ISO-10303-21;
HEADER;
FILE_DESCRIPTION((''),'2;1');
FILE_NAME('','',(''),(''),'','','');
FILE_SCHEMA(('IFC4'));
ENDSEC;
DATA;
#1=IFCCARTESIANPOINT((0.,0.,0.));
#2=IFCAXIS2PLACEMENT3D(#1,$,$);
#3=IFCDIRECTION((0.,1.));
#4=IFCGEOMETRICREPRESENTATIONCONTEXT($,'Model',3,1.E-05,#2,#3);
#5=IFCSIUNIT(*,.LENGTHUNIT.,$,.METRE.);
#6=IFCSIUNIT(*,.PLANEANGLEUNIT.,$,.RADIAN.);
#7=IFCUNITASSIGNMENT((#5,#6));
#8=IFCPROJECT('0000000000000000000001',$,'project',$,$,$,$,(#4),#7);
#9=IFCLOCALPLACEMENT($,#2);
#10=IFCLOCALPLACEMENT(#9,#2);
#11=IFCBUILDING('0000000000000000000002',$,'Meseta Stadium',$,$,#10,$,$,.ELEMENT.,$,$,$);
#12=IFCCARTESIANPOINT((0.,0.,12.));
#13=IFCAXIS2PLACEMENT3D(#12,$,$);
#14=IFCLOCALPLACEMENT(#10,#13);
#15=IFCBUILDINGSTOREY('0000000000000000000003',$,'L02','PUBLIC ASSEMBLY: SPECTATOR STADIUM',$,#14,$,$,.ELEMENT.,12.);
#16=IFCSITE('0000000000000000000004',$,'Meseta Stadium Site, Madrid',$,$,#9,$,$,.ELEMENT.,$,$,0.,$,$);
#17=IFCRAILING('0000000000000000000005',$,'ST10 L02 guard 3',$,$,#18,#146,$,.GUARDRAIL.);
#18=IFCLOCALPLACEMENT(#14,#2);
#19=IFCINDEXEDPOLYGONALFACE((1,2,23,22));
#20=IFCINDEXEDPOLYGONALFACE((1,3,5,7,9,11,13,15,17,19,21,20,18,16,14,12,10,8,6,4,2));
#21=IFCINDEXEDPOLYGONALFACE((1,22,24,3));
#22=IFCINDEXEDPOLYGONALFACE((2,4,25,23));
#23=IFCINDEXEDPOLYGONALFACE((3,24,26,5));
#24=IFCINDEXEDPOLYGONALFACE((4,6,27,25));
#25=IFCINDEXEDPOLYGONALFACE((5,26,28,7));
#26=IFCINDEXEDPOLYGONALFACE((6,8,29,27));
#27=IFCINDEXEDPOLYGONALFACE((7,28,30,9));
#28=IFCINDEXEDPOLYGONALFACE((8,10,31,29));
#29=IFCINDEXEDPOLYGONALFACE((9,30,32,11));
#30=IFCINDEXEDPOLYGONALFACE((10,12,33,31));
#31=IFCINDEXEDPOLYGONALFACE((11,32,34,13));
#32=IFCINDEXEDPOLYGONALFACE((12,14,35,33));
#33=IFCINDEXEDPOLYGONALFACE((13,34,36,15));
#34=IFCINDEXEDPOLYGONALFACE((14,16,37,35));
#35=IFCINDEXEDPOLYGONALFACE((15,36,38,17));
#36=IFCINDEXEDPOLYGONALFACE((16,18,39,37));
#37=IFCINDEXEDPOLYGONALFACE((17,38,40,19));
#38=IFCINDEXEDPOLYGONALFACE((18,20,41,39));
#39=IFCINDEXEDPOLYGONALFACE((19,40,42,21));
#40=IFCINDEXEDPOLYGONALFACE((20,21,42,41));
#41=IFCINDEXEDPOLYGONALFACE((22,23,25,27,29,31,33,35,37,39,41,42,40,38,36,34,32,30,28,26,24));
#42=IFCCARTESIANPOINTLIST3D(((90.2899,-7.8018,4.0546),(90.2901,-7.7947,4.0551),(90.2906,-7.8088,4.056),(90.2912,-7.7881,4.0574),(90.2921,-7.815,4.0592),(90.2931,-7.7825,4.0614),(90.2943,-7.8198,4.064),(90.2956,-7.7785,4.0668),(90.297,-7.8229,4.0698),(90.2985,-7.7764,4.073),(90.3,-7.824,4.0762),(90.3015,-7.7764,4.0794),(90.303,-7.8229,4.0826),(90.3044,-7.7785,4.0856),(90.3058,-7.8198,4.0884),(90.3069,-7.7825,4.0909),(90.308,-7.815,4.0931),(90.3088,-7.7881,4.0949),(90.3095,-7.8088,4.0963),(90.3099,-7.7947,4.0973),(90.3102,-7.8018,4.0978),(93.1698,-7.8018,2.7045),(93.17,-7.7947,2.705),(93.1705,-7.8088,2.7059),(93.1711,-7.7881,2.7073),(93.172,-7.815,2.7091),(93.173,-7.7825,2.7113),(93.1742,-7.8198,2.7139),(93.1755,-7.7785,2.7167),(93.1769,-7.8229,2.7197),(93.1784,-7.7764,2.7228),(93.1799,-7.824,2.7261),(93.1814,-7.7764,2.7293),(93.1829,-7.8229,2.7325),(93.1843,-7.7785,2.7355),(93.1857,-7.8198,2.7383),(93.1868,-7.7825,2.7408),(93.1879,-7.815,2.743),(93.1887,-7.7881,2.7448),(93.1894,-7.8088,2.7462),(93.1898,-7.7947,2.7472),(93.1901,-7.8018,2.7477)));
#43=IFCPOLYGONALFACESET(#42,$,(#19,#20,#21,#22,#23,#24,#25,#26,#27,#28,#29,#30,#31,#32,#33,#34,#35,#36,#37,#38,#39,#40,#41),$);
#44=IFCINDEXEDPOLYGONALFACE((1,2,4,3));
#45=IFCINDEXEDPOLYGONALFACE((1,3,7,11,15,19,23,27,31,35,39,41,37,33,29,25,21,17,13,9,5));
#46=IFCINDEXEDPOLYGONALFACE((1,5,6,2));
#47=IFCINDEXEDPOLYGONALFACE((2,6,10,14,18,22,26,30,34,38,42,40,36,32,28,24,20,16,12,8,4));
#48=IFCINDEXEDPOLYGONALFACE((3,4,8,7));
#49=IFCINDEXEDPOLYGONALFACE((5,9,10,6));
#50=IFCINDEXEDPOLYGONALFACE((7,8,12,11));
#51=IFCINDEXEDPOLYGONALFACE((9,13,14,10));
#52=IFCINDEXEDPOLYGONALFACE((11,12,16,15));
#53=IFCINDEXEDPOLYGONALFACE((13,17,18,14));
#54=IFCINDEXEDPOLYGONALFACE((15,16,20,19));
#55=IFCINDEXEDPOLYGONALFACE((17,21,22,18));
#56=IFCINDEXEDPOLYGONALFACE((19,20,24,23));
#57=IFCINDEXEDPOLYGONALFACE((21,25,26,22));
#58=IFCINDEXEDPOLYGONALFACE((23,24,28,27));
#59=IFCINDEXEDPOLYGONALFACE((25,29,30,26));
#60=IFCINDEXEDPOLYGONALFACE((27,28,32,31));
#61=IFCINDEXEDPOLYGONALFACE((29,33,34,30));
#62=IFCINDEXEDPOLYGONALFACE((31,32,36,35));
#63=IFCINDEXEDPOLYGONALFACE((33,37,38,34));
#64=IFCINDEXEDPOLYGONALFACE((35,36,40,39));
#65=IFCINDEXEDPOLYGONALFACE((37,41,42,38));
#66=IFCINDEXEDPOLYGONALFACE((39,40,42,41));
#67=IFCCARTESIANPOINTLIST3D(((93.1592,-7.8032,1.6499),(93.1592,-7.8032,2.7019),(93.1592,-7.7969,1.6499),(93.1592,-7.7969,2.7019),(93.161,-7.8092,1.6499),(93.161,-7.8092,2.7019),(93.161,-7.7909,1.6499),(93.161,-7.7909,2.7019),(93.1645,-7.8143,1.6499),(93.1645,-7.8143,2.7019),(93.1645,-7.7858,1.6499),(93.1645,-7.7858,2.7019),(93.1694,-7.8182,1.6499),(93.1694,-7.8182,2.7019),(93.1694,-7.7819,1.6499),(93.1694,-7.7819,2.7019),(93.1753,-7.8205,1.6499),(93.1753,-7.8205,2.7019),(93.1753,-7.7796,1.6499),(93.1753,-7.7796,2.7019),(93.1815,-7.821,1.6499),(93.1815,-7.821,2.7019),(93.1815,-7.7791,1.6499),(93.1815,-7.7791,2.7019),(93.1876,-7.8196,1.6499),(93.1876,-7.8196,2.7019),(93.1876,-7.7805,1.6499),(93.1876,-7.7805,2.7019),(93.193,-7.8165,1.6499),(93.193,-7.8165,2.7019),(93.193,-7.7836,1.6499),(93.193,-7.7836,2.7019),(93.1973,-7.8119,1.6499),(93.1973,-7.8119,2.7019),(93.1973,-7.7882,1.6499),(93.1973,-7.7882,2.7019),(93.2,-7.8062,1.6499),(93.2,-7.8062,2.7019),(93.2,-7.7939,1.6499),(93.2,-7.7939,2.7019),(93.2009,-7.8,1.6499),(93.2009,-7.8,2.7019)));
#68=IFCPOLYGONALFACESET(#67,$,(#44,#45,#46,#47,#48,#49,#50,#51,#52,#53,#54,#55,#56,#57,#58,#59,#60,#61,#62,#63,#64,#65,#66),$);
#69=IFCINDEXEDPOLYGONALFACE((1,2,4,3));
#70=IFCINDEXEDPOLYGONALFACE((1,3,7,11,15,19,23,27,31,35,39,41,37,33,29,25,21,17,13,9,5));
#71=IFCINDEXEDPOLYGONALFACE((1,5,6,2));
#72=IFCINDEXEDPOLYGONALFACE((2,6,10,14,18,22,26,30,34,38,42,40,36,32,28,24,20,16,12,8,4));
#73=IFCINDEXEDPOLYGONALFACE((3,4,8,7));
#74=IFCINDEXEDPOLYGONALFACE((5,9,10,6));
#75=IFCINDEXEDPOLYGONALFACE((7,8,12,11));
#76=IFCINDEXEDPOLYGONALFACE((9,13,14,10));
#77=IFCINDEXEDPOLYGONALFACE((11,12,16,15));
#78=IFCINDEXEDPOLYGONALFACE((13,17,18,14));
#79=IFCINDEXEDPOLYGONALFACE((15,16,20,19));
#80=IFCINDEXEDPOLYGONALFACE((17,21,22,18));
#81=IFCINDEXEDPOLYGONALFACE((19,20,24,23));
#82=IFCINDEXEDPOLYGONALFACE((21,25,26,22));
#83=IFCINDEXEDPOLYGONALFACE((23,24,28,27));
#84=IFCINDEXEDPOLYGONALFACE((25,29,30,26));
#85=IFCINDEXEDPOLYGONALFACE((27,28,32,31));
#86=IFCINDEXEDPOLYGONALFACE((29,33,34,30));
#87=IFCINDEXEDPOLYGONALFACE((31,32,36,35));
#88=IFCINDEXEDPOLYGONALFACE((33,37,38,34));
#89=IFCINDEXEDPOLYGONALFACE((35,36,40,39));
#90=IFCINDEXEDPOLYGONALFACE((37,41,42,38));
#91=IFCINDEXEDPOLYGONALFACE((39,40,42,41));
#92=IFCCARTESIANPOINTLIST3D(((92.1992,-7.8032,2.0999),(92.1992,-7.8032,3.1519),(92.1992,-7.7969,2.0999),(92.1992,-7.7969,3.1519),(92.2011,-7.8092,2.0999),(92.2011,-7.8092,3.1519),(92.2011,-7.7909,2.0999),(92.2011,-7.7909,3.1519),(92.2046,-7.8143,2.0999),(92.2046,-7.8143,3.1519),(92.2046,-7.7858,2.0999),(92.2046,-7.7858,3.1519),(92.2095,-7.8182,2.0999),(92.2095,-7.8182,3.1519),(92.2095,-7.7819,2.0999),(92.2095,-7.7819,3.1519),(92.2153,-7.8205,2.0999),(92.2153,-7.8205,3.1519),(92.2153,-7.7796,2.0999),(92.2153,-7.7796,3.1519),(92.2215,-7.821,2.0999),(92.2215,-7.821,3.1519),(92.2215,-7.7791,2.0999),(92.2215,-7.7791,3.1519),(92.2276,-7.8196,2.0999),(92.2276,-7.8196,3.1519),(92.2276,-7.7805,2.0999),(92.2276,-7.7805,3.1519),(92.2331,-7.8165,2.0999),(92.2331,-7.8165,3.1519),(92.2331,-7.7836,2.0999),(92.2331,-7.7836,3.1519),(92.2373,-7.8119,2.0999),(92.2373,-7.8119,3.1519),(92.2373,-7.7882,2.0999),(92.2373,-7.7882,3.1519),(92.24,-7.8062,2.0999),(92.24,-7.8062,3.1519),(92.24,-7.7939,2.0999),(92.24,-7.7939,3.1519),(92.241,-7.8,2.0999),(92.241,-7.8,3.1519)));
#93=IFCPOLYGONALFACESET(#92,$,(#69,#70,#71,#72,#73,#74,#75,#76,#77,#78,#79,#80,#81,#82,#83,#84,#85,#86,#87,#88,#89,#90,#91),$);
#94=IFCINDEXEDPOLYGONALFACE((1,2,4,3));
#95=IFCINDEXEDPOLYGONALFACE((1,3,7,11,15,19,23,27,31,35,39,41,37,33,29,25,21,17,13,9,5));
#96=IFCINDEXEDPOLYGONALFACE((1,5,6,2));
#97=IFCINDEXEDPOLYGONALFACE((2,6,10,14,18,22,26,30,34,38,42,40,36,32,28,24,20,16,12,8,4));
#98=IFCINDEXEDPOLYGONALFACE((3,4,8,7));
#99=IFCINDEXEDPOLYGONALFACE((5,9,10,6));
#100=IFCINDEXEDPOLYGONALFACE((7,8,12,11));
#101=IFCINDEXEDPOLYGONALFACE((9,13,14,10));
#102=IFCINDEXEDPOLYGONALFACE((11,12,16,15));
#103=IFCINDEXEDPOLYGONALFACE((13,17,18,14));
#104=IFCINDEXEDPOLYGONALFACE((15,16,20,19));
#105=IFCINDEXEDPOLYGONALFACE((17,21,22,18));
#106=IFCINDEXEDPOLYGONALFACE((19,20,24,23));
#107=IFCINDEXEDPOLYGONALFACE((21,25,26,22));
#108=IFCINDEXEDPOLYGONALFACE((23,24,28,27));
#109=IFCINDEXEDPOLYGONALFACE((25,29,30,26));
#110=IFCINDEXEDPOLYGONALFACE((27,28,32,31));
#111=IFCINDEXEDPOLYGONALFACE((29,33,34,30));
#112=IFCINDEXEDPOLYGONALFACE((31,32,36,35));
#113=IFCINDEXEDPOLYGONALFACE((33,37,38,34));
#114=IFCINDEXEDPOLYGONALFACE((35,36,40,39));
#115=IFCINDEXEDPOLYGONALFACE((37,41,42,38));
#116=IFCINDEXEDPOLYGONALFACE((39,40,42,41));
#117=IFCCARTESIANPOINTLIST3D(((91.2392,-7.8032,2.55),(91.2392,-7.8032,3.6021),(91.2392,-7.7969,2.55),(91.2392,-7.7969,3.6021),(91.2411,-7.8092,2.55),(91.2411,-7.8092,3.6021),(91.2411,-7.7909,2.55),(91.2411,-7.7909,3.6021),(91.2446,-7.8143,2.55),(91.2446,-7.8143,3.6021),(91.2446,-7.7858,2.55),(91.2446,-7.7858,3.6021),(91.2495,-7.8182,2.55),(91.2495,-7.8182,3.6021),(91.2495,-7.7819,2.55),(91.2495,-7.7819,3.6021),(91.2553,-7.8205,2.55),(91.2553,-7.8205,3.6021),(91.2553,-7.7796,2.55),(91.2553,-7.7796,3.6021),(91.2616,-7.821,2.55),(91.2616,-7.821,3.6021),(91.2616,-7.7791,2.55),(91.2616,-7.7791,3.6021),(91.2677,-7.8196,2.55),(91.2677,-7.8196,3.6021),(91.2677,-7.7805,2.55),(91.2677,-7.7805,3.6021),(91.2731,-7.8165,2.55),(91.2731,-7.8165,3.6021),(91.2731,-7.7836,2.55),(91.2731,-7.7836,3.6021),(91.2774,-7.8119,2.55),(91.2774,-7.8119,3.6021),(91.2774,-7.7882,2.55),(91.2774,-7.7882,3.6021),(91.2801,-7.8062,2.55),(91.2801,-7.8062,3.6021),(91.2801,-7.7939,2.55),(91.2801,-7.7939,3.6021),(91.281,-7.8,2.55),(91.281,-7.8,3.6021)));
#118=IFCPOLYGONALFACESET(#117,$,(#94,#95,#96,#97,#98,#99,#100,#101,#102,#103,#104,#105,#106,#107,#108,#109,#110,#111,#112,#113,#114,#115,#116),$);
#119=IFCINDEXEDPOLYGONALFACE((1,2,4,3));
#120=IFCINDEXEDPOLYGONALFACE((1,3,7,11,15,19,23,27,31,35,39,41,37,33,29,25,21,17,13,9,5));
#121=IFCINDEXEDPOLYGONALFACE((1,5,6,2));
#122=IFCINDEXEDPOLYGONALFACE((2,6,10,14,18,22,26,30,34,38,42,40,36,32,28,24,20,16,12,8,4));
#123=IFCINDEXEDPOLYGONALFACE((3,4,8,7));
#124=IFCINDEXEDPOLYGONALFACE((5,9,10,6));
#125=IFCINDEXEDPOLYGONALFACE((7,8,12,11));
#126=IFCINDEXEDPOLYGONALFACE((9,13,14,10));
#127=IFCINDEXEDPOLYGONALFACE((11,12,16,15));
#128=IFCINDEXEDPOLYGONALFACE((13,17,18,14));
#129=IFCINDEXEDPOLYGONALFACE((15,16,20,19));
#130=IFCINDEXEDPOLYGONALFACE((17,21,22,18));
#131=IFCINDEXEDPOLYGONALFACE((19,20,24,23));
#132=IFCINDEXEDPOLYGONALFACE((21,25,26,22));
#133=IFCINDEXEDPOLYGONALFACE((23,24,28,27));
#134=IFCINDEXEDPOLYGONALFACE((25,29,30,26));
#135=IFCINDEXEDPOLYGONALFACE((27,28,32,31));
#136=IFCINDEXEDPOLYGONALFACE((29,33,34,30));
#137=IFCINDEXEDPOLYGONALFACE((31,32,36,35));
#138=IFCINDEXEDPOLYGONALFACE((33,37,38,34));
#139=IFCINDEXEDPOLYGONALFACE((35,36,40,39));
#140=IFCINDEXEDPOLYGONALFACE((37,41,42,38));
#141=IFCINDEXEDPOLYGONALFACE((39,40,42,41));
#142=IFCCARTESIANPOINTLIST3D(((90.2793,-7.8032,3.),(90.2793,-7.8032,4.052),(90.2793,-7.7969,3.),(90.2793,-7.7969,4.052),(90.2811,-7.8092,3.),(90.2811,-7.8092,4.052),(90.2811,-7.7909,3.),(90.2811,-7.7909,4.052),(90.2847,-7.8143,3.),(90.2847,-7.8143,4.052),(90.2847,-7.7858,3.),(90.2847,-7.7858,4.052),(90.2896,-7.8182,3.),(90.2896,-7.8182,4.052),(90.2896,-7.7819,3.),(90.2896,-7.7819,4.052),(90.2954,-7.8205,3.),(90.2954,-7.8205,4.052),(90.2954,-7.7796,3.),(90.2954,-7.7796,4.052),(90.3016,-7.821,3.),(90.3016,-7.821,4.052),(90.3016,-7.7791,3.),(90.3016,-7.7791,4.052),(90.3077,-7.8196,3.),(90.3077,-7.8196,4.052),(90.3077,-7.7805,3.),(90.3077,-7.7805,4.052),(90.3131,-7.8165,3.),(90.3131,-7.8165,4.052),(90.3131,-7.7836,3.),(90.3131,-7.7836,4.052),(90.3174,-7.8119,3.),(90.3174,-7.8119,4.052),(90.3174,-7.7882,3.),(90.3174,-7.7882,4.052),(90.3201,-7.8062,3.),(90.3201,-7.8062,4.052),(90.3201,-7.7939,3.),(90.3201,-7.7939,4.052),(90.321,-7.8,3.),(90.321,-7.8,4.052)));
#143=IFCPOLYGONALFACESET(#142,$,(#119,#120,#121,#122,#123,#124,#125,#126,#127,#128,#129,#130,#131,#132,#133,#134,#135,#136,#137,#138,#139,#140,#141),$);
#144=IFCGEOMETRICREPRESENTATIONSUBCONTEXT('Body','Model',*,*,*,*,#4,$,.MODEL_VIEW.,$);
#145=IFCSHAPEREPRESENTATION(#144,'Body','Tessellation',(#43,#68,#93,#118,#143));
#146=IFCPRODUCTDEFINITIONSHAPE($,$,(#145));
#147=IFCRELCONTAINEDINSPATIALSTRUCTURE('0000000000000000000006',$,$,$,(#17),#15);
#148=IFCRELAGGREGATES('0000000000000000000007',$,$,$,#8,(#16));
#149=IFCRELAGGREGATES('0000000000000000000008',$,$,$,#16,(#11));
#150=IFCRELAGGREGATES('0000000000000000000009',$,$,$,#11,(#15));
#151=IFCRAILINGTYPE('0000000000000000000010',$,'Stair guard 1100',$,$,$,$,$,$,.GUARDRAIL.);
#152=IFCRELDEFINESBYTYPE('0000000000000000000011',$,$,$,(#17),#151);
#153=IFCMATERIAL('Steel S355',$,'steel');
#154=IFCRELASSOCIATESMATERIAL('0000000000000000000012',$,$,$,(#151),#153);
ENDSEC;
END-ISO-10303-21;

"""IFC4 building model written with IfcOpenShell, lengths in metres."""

from ifc_helpers import new_model, si_unit, direction, frame, origin, origin_2d, place, context, subcontext, project, spatial, circle, extrude, material, type_object, element, save


model = new_model("IFC4")

# Units and contexts
model_context = context("Model", 3, precision=1e-05, world=origin(), true_north=direction((0.0, 1.0)))
body_context = subcontext(model_context, "Body", "Model", "MODEL_VIEW")
ifc_project = project(units=[si_unit("LENGTHUNIT", "METRE"), si_unit("PLANEANGLEUNIT", "RADIAN")], contexts=[model_context])

# Site, building, storey
site_placement = place(None, origin())
site = spatial("IfcSite", under=ifc_project, at=site_placement, Name="Meseta Stadium Site, Madrid", CompositionType="ELEMENT", RefElevation=0.0)
building_placement = place(site_placement, origin())
building = spatial("IfcBuilding", under=site, at=building_placement, Name="Meseta Stadium", CompositionType="ELEMENT")
storey_placement = place(building_placement, frame((0.0, 0.0, 12.0)))
storey = spatial("IfcBuildingStorey", under=building, at=storey_placement, Name="L02", Description="PUBLIC ASSEMBLY: SPECTATOR STADIUM", CompositionType="ELEMENT", Elevation=12.0)

# Railing
ifc_material_1 = material(Name="Steel S355", Category="steel")
railing_type_1 = type_object("IfcRailingType", Name="Stair guard 1100", PredefinedType="GUARDRAIL", material=ifc_material_1)
railing_1_placement = place(storey_placement, frame((93.1799, -7.8, 1.6499)))
element("IfcRailing", 1, at=railing_1_placement, inside=storey, type_object=railing_type_1, Name="ST10 L02 guard 3", PredefinedType="GUARDRAIL", context=body_context, shape_type="SweptSolid", body=[
    extrude(circle(Radius=0.0239, at=origin_2d()), frame((0.0, 0.0, 1.0762), z_axis=(-0.90544, 0.0, 0.424473), x_axis=(0.0, -1.0, 0.0)), (0.0, 0.0, 1.0), 3.1807),
    extrude(circle(Radius=0.021, at=origin_2d()), origin(), (0.0, 0.0, 1.0), 1.052),
    extrude(circle(Radius=0.021, at=origin_2d()), frame((-0.96, 0.0, 0.45)), (0.0, 0.0, 1.0), 1.052),
    extrude(circle(Radius=0.021, at=origin_2d()), frame((-1.9199, 0.0, 0.9001)), (0.0, 0.0, 1.0), 1.052),
    extrude(circle(Radius=0.021, at=origin_2d()), frame((-2.8799, 0.0, 1.3501)), (0.0, 0.0, 1.0), 1.052),
])

save(model, "model.ifc")
